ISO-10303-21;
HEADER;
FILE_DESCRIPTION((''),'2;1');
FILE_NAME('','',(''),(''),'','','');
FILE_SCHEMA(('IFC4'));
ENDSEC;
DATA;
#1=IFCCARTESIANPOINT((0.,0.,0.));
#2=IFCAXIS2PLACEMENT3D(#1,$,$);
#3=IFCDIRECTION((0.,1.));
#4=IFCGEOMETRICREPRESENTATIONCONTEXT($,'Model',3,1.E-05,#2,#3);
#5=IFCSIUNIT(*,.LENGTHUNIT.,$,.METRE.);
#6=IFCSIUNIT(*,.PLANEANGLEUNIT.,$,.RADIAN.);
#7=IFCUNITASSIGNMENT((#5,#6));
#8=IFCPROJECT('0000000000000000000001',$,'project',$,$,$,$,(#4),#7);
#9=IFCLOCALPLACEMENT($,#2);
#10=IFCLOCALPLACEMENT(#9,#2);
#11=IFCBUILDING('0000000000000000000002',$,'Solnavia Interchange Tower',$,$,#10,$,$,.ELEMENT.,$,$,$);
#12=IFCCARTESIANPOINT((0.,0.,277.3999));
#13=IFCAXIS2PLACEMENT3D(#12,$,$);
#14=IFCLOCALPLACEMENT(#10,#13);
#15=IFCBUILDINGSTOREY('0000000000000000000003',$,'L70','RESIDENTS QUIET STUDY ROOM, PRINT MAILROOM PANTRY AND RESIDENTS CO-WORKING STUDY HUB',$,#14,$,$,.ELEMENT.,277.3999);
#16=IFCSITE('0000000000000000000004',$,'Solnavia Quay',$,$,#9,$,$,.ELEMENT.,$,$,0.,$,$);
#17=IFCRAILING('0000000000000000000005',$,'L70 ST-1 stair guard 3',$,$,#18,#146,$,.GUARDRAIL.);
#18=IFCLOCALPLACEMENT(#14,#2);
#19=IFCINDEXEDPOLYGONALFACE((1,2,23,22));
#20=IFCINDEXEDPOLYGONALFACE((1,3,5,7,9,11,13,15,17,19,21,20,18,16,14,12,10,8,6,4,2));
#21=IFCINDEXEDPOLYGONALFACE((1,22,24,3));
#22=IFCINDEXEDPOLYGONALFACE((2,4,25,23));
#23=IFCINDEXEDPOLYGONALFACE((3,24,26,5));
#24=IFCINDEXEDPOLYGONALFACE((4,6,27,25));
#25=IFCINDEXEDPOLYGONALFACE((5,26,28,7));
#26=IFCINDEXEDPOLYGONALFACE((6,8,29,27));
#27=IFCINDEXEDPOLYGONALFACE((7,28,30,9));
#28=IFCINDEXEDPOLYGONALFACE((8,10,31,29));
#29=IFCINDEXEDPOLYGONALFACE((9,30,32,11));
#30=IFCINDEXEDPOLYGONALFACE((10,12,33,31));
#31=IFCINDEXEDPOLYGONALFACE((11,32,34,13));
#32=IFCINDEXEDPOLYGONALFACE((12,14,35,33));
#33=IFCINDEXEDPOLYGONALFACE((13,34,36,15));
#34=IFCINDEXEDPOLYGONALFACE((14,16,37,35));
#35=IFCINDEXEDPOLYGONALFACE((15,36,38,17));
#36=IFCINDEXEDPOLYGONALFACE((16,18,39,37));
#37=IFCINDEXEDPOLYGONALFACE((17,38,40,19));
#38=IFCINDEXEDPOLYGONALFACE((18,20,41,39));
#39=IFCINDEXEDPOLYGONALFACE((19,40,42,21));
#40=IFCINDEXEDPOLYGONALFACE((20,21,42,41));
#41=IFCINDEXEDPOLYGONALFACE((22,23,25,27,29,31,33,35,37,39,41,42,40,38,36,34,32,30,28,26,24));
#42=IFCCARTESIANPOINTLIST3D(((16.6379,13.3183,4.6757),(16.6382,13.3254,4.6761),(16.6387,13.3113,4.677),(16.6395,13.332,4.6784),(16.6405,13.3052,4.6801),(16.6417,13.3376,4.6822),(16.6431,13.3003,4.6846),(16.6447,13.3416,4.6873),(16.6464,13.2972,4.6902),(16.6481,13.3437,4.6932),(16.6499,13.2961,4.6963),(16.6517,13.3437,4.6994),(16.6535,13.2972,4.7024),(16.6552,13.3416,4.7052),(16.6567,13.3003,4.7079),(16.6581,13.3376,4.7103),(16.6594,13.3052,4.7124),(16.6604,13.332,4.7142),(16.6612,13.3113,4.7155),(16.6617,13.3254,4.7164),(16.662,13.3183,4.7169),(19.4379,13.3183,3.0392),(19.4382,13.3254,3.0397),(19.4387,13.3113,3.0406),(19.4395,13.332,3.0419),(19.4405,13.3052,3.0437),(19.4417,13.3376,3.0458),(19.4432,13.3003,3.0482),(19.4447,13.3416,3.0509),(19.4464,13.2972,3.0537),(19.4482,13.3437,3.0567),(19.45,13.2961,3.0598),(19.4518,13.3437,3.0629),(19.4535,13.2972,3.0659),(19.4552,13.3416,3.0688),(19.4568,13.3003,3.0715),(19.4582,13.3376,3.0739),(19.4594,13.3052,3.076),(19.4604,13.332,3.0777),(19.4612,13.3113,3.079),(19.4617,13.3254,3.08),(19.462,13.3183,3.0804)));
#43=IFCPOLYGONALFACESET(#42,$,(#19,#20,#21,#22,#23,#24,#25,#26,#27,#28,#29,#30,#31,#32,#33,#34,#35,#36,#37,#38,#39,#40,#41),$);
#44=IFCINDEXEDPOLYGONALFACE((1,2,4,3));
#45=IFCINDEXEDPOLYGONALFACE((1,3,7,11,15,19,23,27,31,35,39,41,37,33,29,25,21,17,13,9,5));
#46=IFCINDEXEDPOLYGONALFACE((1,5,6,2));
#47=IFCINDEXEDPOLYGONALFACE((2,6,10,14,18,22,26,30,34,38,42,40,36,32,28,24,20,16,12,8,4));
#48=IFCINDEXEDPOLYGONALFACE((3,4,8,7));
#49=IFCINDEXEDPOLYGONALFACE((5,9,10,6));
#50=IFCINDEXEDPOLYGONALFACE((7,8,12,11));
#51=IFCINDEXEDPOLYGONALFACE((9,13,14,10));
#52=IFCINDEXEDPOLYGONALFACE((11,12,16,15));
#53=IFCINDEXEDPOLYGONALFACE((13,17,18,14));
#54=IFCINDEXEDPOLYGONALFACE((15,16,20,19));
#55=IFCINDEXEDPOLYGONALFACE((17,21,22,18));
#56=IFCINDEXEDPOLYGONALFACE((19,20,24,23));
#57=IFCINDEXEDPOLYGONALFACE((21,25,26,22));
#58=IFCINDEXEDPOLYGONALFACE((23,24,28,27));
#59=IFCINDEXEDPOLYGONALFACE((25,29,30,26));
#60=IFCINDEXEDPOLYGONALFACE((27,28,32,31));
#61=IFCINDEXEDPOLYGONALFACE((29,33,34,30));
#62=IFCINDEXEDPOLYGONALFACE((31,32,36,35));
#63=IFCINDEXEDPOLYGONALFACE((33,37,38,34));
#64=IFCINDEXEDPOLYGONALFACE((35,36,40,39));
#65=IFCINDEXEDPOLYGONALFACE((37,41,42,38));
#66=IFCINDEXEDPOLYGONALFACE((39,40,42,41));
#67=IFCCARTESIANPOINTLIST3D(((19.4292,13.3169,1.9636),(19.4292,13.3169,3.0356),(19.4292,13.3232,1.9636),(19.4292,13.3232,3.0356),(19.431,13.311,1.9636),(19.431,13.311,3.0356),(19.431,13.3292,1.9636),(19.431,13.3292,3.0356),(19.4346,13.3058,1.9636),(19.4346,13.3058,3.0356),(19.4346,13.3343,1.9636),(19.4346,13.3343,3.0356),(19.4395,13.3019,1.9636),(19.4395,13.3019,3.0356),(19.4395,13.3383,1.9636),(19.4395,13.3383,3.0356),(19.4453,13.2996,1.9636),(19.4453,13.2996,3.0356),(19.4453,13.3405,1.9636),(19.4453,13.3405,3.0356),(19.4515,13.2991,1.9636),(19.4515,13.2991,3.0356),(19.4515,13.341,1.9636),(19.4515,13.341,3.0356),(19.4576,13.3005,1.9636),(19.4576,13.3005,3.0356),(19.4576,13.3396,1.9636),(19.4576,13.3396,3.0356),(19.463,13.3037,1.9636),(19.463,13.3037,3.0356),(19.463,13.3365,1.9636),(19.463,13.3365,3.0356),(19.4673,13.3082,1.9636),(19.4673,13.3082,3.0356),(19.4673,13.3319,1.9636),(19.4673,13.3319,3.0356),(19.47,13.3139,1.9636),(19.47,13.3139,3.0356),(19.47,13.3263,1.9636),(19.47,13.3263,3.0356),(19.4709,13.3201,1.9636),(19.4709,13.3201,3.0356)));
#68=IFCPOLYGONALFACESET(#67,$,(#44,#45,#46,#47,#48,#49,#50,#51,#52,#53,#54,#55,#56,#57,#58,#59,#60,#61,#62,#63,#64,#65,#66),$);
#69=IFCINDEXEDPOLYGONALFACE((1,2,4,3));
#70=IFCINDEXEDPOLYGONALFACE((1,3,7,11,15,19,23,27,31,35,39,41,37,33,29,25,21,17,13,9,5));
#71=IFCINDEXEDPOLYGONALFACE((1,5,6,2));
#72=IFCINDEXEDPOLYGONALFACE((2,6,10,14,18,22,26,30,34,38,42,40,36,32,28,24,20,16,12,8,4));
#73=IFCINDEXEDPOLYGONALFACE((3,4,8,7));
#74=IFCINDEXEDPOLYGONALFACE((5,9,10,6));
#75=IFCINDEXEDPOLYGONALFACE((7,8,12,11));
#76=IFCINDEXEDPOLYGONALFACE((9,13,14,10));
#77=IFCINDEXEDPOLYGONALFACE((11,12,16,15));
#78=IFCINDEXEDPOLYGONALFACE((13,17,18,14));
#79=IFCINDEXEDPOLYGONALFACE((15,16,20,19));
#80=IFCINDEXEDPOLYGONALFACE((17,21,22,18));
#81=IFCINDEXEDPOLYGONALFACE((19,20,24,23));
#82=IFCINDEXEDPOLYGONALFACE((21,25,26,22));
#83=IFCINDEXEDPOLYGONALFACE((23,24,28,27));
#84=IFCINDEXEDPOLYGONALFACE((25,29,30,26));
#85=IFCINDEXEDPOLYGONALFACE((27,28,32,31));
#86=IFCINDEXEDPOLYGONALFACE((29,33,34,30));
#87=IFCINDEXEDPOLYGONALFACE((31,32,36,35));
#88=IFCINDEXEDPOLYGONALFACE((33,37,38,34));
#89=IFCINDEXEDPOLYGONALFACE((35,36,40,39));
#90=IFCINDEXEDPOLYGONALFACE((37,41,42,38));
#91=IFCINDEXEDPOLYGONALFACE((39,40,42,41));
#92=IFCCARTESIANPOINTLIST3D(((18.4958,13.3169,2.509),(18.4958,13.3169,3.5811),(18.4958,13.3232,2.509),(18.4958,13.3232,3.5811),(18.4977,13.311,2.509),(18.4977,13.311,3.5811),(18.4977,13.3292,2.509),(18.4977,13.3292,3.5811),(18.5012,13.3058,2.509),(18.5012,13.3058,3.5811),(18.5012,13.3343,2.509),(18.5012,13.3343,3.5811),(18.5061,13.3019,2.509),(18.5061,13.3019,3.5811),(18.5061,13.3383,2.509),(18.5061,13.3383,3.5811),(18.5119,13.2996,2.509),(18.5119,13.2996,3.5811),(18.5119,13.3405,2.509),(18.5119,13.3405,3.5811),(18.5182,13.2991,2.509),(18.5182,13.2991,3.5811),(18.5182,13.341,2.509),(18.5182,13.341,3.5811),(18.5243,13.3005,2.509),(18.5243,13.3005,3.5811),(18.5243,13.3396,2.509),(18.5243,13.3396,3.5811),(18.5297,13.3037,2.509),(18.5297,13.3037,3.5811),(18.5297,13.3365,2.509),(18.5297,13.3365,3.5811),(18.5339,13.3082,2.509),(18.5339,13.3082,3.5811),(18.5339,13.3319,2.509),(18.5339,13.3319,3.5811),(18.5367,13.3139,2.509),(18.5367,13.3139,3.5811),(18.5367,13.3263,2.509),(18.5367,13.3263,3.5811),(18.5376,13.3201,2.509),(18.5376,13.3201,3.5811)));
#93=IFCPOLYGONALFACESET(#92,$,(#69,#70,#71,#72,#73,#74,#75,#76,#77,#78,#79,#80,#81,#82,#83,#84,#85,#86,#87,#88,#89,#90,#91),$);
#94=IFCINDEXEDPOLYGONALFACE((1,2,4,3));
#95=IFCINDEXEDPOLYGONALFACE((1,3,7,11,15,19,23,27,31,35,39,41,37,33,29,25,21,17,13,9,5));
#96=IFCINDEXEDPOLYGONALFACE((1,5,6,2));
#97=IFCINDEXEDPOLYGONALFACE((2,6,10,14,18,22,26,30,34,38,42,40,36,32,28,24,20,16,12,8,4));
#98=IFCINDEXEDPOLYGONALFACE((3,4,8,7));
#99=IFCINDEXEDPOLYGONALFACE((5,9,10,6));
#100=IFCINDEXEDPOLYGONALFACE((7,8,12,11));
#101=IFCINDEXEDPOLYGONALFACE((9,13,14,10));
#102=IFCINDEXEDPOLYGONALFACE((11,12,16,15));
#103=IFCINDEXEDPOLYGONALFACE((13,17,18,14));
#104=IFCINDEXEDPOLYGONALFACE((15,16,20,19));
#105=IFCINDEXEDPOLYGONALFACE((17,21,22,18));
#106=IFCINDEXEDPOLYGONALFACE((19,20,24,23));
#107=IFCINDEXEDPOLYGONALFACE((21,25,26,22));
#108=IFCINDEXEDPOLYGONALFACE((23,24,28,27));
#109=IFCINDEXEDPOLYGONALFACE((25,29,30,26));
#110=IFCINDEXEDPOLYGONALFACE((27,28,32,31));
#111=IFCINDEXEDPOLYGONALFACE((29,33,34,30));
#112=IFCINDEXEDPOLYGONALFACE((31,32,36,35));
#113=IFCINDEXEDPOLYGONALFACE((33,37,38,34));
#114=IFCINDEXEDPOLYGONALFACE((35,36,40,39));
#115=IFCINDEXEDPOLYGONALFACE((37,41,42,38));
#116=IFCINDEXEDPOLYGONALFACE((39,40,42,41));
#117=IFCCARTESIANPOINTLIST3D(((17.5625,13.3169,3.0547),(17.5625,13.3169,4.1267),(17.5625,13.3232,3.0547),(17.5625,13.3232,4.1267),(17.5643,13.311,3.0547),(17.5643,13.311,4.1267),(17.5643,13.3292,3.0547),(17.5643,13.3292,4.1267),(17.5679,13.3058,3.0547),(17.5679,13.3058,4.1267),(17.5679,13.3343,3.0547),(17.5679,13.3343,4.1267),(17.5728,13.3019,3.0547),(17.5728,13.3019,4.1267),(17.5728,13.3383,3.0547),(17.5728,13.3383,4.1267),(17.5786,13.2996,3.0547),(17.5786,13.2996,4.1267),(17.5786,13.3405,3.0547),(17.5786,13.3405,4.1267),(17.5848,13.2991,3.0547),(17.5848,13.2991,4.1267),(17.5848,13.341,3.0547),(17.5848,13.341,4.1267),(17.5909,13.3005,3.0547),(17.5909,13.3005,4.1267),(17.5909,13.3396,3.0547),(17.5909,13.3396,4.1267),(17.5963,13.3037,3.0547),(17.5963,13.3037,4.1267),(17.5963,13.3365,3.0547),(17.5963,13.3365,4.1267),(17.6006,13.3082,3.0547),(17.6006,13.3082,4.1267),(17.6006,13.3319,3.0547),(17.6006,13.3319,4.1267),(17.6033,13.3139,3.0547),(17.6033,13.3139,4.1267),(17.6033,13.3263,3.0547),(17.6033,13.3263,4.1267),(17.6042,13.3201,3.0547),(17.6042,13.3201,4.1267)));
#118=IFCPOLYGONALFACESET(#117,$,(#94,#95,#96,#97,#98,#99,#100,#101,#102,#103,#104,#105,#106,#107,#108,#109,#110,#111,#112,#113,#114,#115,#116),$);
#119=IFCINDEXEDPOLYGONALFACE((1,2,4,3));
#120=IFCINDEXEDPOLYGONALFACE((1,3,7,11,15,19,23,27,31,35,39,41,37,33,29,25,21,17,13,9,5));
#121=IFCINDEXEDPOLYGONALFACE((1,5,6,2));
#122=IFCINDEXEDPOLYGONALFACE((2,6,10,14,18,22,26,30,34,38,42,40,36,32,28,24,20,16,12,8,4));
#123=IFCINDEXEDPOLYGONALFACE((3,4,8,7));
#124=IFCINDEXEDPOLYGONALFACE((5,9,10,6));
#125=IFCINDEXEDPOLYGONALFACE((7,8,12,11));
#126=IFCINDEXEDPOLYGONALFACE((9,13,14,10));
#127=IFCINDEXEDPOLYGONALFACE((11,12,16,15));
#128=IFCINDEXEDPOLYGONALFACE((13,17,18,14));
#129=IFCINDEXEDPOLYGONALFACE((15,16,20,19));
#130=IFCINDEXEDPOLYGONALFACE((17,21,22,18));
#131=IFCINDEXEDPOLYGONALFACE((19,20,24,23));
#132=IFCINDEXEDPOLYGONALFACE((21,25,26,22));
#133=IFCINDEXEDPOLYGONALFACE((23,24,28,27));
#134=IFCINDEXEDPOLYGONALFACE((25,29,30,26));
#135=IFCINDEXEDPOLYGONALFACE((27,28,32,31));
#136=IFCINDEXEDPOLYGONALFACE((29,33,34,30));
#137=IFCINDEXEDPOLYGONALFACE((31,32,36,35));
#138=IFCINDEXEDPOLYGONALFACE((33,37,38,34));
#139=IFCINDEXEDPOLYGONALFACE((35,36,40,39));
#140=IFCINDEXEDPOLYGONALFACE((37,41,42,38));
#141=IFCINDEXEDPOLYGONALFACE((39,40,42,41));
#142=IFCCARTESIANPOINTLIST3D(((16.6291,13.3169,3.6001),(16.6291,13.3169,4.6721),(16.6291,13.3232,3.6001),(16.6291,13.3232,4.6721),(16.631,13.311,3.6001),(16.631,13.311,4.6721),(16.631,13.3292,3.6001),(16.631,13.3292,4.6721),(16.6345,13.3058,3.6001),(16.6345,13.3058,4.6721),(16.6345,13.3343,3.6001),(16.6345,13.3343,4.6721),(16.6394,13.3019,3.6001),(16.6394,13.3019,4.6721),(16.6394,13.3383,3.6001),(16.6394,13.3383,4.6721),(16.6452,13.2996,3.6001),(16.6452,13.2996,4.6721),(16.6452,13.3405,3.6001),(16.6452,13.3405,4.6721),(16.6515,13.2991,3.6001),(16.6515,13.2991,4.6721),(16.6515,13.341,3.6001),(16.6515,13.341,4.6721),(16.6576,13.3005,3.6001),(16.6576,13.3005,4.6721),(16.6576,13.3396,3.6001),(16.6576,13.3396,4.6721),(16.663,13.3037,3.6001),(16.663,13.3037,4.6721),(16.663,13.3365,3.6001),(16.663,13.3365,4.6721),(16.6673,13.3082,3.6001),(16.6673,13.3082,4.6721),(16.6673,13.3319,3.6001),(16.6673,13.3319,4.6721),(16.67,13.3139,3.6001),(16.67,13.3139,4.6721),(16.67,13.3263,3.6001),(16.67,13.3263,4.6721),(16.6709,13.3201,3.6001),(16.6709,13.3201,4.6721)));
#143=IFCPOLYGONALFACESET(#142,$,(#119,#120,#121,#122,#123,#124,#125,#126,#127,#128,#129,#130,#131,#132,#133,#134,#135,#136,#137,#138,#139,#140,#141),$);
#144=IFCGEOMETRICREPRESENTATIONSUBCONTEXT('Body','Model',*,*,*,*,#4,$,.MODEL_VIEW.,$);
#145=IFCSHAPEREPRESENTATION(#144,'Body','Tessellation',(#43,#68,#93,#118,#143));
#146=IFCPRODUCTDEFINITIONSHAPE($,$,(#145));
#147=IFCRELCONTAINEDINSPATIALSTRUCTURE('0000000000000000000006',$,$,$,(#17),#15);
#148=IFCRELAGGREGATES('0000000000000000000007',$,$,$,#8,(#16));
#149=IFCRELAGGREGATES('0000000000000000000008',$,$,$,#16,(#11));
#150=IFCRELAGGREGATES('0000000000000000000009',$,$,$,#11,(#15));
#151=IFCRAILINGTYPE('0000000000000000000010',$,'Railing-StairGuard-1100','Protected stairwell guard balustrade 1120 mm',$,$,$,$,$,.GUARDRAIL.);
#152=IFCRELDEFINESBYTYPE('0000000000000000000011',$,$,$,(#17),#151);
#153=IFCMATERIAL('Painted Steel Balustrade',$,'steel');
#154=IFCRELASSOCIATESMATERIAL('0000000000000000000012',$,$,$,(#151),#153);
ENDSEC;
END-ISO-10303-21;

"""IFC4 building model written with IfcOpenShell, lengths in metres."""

from ifc_helpers import new_model, si_unit, direction, frame, origin, origin_2d, place, context, subcontext, project, spatial, circle, extrude, material, type_object, element, save


model = new_model("IFC4")

# Units and contexts
model_context = context("Model", 3, precision=1e-05, world=origin(), true_north=direction((0.0, 1.0)))
body_context = subcontext(model_context, "Body", "Model", "MODEL_VIEW")
ifc_project = project(units=[si_unit("LENGTHUNIT", "METRE"), si_unit("PLANEANGLEUNIT", "RADIAN")], contexts=[model_context])

# Site, building, storey
site_placement = place(None, origin())
site = spatial("IfcSite", under=ifc_project, at=site_placement, Name="Solnavia Quay", CompositionType="ELEMENT", RefElevation=0.0)
building_placement = place(site_placement, origin())
building = spatial("IfcBuilding", under=site, at=building_placement, Name="Solnavia Interchange Tower", CompositionType="ELEMENT")
storey_placement = place(building_placement, frame((0.0, 0.0, 277.3999)))
storey = spatial("IfcBuildingStorey", under=building, at=storey_placement, Name="L70", Description="RESIDENTS QUIET STUDY ROOM, PRINT MAILROOM PANTRY AND RESIDENTS CO-WORKING STUDY HUB", CompositionType="ELEMENT", Elevation=277.3999)

# Railing
ifc_material_1 = material(Name="Painted Steel Balustrade", Category="steel")
railing_type_1 = type_object("IfcRailingType", Name="Railing-StairGuard-1100", Description="Protected stairwell guard balustrade 1120 mm", PredefinedType="GUARDRAIL", material=ifc_material_1)
railing_1_placement = place(storey_placement, frame((19.45, 13.3201, 1.9636)))
element("IfcRailing", 1, at=railing_1_placement, inside=storey, type_object=railing_type_1, Name="L70 ST-1 stair guard 3", PredefinedType="GUARDRAIL", context=body_context, shape_type="SweptSolid", body=[
    extrude(circle(Radius=0.0239, at=origin_2d()), frame((0.0, 0.0, 1.0962), z_axis=(-0.863361, 0.0, 0.504587), x_axis=(0.0, -1.0, 0.0)), (0.0, 0.0, 1.0), 3.2432),
    extrude(circle(Radius=0.021, at=origin_2d()), origin(), (0.0, 0.0, 1.0), 1.072),
    extrude(circle(Radius=0.021, at=origin_2d()), frame((-0.9333, 0.0, 0.5454)), (0.0, 0.0, 1.0), 1.072),
    extrude(circle(Radius=0.021, at=origin_2d()), frame((-1.8667, 0.0, 1.0911)), (0.0, 0.0, 1.0), 1.072),
    extrude(circle(Radius=0.021, at=origin_2d()), frame((-2.8, 0.0, 1.6365)), (0.0, 0.0, 1.0), 1.072),
])

save(model, "model.ifc")
